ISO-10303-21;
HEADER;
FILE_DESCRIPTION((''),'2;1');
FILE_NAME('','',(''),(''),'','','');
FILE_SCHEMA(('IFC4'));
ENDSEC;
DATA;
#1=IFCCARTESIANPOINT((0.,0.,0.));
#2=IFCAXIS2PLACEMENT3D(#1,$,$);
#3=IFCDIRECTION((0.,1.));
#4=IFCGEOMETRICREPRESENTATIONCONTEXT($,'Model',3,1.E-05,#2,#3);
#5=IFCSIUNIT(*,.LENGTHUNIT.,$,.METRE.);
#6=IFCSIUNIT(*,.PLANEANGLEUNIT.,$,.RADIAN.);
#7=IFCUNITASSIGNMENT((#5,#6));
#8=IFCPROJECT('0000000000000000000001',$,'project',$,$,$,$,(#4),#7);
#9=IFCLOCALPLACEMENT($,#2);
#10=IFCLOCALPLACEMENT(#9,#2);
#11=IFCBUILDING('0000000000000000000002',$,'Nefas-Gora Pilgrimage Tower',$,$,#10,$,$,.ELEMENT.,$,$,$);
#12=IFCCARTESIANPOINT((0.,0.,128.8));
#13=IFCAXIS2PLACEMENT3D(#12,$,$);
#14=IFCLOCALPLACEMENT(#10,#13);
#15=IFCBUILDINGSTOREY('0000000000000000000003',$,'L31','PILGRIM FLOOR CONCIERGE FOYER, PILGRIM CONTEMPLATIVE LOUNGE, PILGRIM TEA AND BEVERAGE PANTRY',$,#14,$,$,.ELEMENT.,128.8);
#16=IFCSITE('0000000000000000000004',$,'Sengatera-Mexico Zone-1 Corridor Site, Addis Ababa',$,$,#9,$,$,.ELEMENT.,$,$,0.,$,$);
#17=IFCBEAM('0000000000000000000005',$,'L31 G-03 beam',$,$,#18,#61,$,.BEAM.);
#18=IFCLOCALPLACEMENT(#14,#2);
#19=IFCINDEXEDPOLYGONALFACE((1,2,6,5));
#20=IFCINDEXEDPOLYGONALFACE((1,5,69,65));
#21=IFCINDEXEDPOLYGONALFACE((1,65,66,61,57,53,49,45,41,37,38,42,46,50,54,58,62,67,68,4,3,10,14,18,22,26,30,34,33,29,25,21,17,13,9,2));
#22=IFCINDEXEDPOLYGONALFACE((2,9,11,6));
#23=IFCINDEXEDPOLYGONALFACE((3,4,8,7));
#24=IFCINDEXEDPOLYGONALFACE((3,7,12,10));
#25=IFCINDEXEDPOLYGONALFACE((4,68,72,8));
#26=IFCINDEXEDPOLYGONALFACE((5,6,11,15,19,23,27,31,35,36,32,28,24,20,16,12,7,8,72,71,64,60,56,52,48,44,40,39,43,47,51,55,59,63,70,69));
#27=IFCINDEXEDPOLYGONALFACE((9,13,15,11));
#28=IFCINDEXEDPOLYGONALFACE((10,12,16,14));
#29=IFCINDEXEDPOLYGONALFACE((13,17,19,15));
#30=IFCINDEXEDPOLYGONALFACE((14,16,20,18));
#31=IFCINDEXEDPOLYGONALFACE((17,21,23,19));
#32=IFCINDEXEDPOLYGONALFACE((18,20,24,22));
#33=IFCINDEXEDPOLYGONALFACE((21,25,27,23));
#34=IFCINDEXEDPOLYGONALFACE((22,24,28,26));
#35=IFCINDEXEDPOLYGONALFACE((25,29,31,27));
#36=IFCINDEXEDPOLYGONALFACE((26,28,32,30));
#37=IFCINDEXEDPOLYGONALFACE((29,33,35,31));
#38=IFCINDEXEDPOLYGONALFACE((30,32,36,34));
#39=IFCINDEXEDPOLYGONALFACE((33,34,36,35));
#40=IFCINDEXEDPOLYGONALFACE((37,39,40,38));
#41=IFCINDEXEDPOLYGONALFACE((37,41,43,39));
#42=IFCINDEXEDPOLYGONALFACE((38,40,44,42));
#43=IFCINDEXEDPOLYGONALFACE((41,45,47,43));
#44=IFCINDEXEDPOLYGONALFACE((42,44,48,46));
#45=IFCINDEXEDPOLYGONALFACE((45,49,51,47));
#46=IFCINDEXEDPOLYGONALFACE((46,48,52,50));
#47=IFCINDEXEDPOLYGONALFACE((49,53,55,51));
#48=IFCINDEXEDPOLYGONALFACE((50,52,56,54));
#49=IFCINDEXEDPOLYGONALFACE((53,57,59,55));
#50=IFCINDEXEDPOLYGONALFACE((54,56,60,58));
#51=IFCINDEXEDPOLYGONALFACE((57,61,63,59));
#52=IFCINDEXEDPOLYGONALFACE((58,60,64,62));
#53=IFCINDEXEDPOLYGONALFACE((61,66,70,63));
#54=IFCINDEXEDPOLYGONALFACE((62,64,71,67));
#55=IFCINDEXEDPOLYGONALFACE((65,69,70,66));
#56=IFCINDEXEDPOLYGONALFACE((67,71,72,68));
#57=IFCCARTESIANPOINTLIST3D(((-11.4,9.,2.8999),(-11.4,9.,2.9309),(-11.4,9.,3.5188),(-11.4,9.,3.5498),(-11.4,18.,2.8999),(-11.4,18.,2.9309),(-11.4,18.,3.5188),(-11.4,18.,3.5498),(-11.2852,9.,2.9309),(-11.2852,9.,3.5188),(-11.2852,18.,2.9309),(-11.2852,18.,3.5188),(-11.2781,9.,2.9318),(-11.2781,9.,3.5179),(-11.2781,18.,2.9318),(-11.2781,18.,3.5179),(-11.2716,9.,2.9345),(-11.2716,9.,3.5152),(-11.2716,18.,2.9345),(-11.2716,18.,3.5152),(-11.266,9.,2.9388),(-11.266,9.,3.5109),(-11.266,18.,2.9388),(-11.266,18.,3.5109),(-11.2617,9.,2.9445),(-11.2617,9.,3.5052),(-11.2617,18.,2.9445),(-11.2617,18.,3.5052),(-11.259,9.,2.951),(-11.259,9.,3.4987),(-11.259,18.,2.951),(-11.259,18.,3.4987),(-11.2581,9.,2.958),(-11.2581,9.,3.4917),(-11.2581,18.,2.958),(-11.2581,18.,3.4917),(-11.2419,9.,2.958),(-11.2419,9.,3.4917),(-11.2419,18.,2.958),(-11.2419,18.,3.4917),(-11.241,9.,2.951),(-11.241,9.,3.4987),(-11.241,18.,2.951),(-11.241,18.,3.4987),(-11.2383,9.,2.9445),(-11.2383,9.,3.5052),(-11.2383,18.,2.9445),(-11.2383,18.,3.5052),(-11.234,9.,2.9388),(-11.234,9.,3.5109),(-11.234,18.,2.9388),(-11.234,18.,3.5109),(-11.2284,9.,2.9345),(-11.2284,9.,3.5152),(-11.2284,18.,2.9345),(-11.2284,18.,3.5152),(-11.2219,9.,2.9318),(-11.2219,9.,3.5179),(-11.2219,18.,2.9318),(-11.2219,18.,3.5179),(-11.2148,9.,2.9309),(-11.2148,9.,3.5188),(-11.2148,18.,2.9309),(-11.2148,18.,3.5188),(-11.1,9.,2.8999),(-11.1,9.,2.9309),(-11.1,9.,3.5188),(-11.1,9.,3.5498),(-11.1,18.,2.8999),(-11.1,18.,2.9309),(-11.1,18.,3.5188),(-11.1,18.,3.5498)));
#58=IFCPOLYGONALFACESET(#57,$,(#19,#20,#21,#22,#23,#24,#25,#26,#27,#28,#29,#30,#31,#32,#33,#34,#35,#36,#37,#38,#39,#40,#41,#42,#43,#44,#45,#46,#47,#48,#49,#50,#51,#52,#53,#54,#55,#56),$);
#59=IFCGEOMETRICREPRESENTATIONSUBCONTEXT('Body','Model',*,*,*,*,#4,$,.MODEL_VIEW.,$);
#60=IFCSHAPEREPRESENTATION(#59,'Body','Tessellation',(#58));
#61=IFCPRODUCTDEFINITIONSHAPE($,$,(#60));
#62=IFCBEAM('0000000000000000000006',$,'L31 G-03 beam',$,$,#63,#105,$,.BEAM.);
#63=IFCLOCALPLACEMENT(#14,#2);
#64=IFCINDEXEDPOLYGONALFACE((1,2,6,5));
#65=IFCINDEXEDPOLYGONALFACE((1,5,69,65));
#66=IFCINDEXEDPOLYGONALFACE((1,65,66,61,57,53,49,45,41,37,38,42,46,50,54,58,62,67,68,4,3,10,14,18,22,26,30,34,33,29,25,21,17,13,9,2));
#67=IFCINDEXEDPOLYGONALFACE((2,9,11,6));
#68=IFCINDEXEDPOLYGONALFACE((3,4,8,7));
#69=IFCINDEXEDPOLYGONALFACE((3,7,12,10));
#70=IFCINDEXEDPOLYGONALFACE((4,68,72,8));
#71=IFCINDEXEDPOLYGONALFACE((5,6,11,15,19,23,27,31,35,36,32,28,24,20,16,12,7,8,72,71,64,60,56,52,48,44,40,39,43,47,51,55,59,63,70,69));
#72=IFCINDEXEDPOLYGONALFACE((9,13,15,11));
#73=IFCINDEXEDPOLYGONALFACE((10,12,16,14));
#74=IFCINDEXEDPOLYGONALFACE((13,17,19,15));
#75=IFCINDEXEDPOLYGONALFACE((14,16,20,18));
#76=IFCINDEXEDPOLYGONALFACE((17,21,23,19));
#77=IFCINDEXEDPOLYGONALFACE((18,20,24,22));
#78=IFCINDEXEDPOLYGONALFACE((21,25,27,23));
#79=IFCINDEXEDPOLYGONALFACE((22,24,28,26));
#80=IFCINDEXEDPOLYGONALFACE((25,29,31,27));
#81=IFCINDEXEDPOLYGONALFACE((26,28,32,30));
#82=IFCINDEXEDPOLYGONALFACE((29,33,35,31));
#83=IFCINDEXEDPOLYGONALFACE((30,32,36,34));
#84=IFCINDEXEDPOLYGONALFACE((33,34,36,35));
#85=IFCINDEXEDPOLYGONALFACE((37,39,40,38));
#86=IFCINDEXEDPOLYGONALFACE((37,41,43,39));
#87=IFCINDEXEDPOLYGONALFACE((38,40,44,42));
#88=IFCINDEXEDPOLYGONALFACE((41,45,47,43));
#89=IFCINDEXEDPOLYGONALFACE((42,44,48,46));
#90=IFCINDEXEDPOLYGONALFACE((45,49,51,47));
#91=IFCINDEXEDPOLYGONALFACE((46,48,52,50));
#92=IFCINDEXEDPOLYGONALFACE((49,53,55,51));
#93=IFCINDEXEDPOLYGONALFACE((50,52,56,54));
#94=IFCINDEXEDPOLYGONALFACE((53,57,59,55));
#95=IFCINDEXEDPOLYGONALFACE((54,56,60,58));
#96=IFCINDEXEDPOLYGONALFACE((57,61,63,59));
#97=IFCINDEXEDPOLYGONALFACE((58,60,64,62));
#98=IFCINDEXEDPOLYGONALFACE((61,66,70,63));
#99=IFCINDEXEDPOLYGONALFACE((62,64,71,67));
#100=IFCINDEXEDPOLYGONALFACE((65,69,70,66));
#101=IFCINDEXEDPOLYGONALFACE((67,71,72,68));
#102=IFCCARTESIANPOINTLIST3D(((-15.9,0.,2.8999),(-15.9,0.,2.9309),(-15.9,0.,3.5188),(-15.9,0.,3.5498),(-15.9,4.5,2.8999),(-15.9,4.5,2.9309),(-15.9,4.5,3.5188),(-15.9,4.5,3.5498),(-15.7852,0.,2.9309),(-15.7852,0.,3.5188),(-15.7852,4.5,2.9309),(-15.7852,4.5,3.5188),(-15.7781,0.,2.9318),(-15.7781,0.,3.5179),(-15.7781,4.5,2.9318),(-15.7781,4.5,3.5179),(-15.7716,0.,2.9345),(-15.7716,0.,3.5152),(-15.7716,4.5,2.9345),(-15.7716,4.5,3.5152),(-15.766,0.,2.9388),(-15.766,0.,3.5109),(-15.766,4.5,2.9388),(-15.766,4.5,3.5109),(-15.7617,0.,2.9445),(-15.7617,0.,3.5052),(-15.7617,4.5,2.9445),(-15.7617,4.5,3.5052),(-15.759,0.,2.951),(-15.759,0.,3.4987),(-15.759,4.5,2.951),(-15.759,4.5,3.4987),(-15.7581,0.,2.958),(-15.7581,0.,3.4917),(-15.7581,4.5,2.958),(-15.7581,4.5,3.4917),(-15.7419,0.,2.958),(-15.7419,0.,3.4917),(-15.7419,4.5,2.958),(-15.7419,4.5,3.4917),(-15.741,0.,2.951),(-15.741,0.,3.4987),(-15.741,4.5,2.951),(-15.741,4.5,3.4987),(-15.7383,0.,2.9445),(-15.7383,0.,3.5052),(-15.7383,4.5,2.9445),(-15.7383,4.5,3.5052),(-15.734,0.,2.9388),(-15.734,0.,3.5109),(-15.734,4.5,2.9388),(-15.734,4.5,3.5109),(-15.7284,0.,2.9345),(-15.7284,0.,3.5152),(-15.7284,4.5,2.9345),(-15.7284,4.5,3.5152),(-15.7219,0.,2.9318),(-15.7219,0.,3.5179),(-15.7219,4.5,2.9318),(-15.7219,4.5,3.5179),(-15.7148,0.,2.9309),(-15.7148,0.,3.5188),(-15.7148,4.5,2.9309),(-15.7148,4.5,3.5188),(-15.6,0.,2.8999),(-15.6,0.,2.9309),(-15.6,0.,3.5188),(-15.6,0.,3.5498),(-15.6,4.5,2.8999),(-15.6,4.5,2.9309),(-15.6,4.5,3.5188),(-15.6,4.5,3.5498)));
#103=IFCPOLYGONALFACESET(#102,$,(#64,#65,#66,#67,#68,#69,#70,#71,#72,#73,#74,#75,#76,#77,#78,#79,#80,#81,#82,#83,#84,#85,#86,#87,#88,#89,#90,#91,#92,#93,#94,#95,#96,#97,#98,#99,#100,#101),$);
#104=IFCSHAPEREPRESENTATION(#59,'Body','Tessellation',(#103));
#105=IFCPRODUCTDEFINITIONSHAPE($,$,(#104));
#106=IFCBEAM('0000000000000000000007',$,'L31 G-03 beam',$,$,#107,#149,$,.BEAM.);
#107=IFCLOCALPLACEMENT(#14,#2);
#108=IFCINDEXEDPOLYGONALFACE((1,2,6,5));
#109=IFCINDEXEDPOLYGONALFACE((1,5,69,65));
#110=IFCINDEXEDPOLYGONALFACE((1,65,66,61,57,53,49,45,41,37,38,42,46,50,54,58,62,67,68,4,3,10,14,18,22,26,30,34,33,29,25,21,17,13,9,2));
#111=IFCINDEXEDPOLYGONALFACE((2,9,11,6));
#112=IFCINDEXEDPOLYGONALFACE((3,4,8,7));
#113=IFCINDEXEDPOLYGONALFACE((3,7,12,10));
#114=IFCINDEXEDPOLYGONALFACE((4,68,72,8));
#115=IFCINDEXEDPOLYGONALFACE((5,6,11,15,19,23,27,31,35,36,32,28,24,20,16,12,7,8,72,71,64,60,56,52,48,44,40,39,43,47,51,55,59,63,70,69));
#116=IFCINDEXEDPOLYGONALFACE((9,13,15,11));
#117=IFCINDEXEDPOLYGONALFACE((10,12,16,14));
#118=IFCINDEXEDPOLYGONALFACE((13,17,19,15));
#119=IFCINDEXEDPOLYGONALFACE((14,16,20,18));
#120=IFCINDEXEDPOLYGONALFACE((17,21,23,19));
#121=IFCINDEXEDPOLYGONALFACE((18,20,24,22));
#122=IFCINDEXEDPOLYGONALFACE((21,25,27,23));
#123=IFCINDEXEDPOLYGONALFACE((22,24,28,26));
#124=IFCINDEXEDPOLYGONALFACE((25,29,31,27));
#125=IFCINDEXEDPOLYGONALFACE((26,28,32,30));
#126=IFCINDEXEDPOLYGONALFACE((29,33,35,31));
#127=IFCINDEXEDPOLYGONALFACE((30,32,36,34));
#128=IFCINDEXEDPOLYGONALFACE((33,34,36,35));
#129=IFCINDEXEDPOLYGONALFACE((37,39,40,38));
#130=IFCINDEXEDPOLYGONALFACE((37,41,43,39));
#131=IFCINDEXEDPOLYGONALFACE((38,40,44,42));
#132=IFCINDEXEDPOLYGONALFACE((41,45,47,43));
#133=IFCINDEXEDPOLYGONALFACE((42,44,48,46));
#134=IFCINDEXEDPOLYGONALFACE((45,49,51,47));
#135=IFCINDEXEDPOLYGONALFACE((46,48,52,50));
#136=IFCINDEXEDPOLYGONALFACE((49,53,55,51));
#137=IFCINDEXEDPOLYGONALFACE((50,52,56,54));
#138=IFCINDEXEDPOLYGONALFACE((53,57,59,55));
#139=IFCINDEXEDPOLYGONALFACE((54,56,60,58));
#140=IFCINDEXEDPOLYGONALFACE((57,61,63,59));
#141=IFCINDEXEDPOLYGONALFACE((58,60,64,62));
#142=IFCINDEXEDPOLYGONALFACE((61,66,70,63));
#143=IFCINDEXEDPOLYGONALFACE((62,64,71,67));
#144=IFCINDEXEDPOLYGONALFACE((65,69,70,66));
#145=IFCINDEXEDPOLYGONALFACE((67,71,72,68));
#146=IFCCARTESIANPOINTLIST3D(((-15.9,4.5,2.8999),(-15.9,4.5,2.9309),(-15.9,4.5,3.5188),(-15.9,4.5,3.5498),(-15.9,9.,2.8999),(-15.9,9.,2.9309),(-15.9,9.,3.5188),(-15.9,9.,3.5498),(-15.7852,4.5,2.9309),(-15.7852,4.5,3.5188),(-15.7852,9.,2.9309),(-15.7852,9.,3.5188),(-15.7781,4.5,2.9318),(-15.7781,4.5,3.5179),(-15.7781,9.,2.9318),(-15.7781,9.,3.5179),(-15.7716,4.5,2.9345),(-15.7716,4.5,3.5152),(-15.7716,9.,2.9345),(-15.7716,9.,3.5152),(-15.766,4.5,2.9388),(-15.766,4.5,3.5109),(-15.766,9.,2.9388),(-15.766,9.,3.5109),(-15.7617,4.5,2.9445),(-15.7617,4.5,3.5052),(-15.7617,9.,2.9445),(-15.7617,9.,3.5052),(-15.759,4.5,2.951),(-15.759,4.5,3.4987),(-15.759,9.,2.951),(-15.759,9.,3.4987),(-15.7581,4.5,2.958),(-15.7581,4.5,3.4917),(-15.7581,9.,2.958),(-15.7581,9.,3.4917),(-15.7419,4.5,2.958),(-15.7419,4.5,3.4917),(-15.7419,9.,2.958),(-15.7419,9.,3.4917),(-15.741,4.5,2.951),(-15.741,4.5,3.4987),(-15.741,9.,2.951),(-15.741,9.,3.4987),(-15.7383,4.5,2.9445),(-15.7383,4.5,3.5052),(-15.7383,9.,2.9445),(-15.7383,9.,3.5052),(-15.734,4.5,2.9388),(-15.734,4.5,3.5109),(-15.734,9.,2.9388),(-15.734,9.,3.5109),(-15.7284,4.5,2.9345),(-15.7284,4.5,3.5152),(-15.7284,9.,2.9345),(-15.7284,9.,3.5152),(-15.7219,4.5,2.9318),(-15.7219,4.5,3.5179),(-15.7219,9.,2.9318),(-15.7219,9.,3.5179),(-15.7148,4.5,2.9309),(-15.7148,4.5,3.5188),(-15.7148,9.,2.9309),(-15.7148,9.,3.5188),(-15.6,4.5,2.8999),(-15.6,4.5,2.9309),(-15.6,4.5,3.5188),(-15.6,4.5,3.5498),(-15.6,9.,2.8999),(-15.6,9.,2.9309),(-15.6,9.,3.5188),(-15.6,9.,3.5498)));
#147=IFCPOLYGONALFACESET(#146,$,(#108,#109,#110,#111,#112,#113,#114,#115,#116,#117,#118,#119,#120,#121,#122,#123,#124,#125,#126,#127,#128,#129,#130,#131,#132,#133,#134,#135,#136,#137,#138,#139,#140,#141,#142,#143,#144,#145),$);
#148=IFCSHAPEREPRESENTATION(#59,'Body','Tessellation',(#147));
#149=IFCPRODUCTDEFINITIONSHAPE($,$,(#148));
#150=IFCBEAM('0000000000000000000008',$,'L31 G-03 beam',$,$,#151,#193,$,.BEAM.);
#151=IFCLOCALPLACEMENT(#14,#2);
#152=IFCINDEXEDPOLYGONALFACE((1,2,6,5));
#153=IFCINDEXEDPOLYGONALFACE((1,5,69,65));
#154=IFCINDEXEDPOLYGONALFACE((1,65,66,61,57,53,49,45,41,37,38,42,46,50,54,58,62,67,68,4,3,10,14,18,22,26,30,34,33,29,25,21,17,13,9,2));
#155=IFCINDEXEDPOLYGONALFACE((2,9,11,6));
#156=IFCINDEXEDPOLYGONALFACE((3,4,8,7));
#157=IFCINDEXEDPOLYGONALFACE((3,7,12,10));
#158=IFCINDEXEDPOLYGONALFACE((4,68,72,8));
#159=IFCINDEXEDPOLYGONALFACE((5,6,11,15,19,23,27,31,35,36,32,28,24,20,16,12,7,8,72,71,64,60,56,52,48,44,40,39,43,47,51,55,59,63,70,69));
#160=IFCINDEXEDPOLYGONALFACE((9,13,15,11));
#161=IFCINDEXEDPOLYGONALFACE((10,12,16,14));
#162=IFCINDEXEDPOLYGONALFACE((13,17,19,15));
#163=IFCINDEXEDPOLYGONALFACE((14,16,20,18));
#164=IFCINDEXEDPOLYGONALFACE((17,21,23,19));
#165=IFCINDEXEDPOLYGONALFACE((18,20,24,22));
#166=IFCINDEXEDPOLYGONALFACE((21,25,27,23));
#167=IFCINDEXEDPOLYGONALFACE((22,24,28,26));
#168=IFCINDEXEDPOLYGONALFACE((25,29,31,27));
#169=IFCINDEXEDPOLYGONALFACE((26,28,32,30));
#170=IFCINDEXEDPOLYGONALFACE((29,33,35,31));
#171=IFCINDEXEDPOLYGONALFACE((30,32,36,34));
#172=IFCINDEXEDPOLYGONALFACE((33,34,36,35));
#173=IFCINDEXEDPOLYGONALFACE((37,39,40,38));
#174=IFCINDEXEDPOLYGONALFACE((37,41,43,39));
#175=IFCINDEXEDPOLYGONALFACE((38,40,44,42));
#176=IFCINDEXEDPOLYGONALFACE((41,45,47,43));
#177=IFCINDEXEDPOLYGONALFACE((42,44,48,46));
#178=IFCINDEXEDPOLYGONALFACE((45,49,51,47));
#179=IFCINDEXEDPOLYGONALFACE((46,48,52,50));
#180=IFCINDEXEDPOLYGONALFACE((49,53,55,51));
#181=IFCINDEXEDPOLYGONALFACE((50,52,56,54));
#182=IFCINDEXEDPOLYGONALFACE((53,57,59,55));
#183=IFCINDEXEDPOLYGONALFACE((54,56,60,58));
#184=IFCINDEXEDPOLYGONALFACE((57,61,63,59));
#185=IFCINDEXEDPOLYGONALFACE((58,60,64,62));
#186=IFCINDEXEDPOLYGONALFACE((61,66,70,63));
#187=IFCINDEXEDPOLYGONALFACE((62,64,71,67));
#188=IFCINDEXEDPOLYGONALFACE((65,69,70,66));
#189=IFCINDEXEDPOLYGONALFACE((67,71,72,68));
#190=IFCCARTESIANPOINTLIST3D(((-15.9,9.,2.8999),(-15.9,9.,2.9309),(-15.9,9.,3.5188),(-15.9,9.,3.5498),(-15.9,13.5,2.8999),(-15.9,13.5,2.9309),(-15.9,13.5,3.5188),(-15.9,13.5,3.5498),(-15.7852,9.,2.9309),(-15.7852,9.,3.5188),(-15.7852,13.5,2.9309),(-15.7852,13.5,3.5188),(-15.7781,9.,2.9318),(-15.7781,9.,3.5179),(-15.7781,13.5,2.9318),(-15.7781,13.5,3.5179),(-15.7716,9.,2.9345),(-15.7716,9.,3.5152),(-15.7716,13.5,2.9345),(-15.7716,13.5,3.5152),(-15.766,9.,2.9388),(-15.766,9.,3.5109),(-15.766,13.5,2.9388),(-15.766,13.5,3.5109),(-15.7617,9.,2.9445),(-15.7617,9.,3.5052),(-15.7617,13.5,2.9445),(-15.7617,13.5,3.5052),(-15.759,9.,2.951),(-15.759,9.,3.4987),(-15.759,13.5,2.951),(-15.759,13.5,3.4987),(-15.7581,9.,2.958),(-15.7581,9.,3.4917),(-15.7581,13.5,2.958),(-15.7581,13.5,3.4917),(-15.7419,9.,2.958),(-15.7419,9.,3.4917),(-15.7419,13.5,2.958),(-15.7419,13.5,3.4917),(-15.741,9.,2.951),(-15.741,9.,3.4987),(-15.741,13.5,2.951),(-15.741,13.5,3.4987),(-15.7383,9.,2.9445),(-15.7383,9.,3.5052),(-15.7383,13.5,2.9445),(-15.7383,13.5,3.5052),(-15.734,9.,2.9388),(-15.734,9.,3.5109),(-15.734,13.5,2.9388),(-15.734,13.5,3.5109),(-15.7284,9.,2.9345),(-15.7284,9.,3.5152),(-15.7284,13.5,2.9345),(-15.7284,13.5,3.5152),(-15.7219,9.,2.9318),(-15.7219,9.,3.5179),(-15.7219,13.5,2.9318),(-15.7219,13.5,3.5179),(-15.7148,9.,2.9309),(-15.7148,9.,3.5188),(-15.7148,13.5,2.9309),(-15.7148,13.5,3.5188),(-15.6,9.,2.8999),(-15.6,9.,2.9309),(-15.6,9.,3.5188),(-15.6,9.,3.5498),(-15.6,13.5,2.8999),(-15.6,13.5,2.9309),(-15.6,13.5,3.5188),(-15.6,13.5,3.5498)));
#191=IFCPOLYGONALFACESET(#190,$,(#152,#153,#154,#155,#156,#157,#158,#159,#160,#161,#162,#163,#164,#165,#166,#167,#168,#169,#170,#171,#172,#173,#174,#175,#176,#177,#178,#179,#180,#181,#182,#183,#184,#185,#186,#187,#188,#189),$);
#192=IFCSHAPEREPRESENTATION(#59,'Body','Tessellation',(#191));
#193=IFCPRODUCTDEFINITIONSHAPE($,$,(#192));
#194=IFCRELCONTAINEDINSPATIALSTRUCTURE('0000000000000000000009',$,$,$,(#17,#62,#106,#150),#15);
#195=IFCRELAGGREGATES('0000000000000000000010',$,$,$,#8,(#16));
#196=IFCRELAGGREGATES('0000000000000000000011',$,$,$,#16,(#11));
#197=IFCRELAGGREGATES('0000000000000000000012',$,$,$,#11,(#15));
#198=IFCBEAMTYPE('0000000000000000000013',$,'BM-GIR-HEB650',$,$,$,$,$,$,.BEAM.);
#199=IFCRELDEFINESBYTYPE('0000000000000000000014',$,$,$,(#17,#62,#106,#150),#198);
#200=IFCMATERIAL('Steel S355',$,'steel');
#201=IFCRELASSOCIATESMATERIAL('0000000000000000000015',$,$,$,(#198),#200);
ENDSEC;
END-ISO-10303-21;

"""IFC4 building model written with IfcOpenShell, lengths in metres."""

from ifc_helpers import new_model, si_unit, direction, frame, origin, origin_2d, place, context, subcontext, project, spatial, i_section, extrude, source, transform, mapped, material, material_profile, profile_set, type_object, element, save


model = new_model("IFC4")

# Units and contexts
model_context = context("Model", 3, precision=1e-05, world=origin(), true_north=direction((0.0, 1.0)))
body_context = subcontext(model_context, "Body", "Model", "MODEL_VIEW")
ifc_project = project(units=[si_unit("LENGTHUNIT", "METRE"), si_unit("PLANEANGLEUNIT", "RADIAN")], contexts=[model_context])

# Site, building, storey
site_placement = place(None, origin())
site = spatial("IfcSite", under=ifc_project, at=site_placement, Name="Sengatera-Mexico Zone-1 Corridor Site, Addis Ababa", CompositionType="ELEMENT", RefElevation=0.0)
building_placement = place(site_placement, origin())
building = spatial("IfcBuilding", under=site, at=building_placement, Name="Nefas-Gora Pilgrimage Tower", CompositionType="ELEMENT")
storey_placement = place(building_placement, frame((0.0, 0.0, 128.8)))
storey = spatial("IfcBuildingStorey", under=building, at=storey_placement, Name="L31", Description="PILGRIM FLOOR CONCIERGE FOYER, PILGRIM CONTEMPLATIVE LOUNGE, PILGRIM TEA AND BEVERAGE PANTRY", CompositionType="ELEMENT", Elevation=128.8)

# Beams
ifc_material_1 = material(Name="Steel S355", Category="steel")
ifc_material_profile_1 = material_profile(ifc_material_1, i_section(OverallWidth=0.3, OverallDepth=0.6499, WebThickness=0.0161, FlangeThickness=0.031, FilletRadius=0.0271, at=origin_2d()), Name="HEB 650")
ifc_profile_set_1 = profile_set([ifc_material_profile_1], Name="Steel S355")
beam_type = type_object("IfcBeamType", Name="BM-GIR-HEB650", PredefinedType="BEAM", material=ifc_profile_set_1)
shared_shape_1 = source(origin(), body_context, "Body", "SweptSolid", [
    extrude(i_section(OverallWidth=0.3, OverallDepth=0.6499, WebThickness=0.0161, FlangeThickness=0.031, FilletRadius=0.0271, at=origin_2d()), origin(), (0.0, 0.0, 1.0), 9.0),
])
beam_placement = place(storey_placement, frame((-11.25, 9.0, 3.2249), z_axis=(0.0, 1.0, 0.0), x_axis=(-1.0, 0.0, 0.0)))
element("IfcBeam", 1, at=beam_placement, inside=storey, type_object=beam_type, Name="L31 G-03 beam", PredefinedType="BEAM", context=body_context, shape_type="MappedRepresentation", body=[
    mapped(shared_shape_1, transform((0.0, 0.0, 0.0), x_axis=(1.0, 0.0, 0.0), y_axis=(0.0, 1.0, 0.0), z_axis=(0.0, 0.0, 1.0), scale=1.0)),
])
shared_shape_2 = source(origin(), body_context, "Body", "SweptSolid", [
    extrude(i_section(OverallWidth=0.3, OverallDepth=0.6499, WebThickness=0.0161, FlangeThickness=0.031, FilletRadius=0.0271, at=origin_2d()), origin(), (0.0, 0.0, 1.0), 4.5),
])
for number, where, z_axis, x_axis, name in (
    (2, (-15.75, 0.0, 3.2249), (0.0, 1.0, 0.0), (-1.0, 0.0, 0.0), "L31 G-03 beam"),
    (3, (-15.75, 4.5, 3.2249), (0.0, 1.0, 0.0), (-1.0, 0.0, 0.0), "L31 G-03 beam"),
    (4, (-15.75, 9.0, 3.2249), (0.0, 1.0, 0.0), (-1.0, 0.0, 0.0), "L31 G-03 beam"),
):
    element("IfcBeam", number, at=place(storey_placement, frame(where, z_axis=z_axis, x_axis=x_axis)), inside=storey, type_object=beam_type, Name=name, PredefinedType="BEAM", context=body_context, shape_type="MappedRepresentation", body=[
        mapped(shared_shape_2, transform((0.0, 0.0, 0.0), x_axis=(1.0, 0.0, 0.0), y_axis=(0.0, 1.0, 0.0), z_axis=(0.0, 0.0, 1.0), scale=1.0)),
    ])

save(model, "model.ifc")
